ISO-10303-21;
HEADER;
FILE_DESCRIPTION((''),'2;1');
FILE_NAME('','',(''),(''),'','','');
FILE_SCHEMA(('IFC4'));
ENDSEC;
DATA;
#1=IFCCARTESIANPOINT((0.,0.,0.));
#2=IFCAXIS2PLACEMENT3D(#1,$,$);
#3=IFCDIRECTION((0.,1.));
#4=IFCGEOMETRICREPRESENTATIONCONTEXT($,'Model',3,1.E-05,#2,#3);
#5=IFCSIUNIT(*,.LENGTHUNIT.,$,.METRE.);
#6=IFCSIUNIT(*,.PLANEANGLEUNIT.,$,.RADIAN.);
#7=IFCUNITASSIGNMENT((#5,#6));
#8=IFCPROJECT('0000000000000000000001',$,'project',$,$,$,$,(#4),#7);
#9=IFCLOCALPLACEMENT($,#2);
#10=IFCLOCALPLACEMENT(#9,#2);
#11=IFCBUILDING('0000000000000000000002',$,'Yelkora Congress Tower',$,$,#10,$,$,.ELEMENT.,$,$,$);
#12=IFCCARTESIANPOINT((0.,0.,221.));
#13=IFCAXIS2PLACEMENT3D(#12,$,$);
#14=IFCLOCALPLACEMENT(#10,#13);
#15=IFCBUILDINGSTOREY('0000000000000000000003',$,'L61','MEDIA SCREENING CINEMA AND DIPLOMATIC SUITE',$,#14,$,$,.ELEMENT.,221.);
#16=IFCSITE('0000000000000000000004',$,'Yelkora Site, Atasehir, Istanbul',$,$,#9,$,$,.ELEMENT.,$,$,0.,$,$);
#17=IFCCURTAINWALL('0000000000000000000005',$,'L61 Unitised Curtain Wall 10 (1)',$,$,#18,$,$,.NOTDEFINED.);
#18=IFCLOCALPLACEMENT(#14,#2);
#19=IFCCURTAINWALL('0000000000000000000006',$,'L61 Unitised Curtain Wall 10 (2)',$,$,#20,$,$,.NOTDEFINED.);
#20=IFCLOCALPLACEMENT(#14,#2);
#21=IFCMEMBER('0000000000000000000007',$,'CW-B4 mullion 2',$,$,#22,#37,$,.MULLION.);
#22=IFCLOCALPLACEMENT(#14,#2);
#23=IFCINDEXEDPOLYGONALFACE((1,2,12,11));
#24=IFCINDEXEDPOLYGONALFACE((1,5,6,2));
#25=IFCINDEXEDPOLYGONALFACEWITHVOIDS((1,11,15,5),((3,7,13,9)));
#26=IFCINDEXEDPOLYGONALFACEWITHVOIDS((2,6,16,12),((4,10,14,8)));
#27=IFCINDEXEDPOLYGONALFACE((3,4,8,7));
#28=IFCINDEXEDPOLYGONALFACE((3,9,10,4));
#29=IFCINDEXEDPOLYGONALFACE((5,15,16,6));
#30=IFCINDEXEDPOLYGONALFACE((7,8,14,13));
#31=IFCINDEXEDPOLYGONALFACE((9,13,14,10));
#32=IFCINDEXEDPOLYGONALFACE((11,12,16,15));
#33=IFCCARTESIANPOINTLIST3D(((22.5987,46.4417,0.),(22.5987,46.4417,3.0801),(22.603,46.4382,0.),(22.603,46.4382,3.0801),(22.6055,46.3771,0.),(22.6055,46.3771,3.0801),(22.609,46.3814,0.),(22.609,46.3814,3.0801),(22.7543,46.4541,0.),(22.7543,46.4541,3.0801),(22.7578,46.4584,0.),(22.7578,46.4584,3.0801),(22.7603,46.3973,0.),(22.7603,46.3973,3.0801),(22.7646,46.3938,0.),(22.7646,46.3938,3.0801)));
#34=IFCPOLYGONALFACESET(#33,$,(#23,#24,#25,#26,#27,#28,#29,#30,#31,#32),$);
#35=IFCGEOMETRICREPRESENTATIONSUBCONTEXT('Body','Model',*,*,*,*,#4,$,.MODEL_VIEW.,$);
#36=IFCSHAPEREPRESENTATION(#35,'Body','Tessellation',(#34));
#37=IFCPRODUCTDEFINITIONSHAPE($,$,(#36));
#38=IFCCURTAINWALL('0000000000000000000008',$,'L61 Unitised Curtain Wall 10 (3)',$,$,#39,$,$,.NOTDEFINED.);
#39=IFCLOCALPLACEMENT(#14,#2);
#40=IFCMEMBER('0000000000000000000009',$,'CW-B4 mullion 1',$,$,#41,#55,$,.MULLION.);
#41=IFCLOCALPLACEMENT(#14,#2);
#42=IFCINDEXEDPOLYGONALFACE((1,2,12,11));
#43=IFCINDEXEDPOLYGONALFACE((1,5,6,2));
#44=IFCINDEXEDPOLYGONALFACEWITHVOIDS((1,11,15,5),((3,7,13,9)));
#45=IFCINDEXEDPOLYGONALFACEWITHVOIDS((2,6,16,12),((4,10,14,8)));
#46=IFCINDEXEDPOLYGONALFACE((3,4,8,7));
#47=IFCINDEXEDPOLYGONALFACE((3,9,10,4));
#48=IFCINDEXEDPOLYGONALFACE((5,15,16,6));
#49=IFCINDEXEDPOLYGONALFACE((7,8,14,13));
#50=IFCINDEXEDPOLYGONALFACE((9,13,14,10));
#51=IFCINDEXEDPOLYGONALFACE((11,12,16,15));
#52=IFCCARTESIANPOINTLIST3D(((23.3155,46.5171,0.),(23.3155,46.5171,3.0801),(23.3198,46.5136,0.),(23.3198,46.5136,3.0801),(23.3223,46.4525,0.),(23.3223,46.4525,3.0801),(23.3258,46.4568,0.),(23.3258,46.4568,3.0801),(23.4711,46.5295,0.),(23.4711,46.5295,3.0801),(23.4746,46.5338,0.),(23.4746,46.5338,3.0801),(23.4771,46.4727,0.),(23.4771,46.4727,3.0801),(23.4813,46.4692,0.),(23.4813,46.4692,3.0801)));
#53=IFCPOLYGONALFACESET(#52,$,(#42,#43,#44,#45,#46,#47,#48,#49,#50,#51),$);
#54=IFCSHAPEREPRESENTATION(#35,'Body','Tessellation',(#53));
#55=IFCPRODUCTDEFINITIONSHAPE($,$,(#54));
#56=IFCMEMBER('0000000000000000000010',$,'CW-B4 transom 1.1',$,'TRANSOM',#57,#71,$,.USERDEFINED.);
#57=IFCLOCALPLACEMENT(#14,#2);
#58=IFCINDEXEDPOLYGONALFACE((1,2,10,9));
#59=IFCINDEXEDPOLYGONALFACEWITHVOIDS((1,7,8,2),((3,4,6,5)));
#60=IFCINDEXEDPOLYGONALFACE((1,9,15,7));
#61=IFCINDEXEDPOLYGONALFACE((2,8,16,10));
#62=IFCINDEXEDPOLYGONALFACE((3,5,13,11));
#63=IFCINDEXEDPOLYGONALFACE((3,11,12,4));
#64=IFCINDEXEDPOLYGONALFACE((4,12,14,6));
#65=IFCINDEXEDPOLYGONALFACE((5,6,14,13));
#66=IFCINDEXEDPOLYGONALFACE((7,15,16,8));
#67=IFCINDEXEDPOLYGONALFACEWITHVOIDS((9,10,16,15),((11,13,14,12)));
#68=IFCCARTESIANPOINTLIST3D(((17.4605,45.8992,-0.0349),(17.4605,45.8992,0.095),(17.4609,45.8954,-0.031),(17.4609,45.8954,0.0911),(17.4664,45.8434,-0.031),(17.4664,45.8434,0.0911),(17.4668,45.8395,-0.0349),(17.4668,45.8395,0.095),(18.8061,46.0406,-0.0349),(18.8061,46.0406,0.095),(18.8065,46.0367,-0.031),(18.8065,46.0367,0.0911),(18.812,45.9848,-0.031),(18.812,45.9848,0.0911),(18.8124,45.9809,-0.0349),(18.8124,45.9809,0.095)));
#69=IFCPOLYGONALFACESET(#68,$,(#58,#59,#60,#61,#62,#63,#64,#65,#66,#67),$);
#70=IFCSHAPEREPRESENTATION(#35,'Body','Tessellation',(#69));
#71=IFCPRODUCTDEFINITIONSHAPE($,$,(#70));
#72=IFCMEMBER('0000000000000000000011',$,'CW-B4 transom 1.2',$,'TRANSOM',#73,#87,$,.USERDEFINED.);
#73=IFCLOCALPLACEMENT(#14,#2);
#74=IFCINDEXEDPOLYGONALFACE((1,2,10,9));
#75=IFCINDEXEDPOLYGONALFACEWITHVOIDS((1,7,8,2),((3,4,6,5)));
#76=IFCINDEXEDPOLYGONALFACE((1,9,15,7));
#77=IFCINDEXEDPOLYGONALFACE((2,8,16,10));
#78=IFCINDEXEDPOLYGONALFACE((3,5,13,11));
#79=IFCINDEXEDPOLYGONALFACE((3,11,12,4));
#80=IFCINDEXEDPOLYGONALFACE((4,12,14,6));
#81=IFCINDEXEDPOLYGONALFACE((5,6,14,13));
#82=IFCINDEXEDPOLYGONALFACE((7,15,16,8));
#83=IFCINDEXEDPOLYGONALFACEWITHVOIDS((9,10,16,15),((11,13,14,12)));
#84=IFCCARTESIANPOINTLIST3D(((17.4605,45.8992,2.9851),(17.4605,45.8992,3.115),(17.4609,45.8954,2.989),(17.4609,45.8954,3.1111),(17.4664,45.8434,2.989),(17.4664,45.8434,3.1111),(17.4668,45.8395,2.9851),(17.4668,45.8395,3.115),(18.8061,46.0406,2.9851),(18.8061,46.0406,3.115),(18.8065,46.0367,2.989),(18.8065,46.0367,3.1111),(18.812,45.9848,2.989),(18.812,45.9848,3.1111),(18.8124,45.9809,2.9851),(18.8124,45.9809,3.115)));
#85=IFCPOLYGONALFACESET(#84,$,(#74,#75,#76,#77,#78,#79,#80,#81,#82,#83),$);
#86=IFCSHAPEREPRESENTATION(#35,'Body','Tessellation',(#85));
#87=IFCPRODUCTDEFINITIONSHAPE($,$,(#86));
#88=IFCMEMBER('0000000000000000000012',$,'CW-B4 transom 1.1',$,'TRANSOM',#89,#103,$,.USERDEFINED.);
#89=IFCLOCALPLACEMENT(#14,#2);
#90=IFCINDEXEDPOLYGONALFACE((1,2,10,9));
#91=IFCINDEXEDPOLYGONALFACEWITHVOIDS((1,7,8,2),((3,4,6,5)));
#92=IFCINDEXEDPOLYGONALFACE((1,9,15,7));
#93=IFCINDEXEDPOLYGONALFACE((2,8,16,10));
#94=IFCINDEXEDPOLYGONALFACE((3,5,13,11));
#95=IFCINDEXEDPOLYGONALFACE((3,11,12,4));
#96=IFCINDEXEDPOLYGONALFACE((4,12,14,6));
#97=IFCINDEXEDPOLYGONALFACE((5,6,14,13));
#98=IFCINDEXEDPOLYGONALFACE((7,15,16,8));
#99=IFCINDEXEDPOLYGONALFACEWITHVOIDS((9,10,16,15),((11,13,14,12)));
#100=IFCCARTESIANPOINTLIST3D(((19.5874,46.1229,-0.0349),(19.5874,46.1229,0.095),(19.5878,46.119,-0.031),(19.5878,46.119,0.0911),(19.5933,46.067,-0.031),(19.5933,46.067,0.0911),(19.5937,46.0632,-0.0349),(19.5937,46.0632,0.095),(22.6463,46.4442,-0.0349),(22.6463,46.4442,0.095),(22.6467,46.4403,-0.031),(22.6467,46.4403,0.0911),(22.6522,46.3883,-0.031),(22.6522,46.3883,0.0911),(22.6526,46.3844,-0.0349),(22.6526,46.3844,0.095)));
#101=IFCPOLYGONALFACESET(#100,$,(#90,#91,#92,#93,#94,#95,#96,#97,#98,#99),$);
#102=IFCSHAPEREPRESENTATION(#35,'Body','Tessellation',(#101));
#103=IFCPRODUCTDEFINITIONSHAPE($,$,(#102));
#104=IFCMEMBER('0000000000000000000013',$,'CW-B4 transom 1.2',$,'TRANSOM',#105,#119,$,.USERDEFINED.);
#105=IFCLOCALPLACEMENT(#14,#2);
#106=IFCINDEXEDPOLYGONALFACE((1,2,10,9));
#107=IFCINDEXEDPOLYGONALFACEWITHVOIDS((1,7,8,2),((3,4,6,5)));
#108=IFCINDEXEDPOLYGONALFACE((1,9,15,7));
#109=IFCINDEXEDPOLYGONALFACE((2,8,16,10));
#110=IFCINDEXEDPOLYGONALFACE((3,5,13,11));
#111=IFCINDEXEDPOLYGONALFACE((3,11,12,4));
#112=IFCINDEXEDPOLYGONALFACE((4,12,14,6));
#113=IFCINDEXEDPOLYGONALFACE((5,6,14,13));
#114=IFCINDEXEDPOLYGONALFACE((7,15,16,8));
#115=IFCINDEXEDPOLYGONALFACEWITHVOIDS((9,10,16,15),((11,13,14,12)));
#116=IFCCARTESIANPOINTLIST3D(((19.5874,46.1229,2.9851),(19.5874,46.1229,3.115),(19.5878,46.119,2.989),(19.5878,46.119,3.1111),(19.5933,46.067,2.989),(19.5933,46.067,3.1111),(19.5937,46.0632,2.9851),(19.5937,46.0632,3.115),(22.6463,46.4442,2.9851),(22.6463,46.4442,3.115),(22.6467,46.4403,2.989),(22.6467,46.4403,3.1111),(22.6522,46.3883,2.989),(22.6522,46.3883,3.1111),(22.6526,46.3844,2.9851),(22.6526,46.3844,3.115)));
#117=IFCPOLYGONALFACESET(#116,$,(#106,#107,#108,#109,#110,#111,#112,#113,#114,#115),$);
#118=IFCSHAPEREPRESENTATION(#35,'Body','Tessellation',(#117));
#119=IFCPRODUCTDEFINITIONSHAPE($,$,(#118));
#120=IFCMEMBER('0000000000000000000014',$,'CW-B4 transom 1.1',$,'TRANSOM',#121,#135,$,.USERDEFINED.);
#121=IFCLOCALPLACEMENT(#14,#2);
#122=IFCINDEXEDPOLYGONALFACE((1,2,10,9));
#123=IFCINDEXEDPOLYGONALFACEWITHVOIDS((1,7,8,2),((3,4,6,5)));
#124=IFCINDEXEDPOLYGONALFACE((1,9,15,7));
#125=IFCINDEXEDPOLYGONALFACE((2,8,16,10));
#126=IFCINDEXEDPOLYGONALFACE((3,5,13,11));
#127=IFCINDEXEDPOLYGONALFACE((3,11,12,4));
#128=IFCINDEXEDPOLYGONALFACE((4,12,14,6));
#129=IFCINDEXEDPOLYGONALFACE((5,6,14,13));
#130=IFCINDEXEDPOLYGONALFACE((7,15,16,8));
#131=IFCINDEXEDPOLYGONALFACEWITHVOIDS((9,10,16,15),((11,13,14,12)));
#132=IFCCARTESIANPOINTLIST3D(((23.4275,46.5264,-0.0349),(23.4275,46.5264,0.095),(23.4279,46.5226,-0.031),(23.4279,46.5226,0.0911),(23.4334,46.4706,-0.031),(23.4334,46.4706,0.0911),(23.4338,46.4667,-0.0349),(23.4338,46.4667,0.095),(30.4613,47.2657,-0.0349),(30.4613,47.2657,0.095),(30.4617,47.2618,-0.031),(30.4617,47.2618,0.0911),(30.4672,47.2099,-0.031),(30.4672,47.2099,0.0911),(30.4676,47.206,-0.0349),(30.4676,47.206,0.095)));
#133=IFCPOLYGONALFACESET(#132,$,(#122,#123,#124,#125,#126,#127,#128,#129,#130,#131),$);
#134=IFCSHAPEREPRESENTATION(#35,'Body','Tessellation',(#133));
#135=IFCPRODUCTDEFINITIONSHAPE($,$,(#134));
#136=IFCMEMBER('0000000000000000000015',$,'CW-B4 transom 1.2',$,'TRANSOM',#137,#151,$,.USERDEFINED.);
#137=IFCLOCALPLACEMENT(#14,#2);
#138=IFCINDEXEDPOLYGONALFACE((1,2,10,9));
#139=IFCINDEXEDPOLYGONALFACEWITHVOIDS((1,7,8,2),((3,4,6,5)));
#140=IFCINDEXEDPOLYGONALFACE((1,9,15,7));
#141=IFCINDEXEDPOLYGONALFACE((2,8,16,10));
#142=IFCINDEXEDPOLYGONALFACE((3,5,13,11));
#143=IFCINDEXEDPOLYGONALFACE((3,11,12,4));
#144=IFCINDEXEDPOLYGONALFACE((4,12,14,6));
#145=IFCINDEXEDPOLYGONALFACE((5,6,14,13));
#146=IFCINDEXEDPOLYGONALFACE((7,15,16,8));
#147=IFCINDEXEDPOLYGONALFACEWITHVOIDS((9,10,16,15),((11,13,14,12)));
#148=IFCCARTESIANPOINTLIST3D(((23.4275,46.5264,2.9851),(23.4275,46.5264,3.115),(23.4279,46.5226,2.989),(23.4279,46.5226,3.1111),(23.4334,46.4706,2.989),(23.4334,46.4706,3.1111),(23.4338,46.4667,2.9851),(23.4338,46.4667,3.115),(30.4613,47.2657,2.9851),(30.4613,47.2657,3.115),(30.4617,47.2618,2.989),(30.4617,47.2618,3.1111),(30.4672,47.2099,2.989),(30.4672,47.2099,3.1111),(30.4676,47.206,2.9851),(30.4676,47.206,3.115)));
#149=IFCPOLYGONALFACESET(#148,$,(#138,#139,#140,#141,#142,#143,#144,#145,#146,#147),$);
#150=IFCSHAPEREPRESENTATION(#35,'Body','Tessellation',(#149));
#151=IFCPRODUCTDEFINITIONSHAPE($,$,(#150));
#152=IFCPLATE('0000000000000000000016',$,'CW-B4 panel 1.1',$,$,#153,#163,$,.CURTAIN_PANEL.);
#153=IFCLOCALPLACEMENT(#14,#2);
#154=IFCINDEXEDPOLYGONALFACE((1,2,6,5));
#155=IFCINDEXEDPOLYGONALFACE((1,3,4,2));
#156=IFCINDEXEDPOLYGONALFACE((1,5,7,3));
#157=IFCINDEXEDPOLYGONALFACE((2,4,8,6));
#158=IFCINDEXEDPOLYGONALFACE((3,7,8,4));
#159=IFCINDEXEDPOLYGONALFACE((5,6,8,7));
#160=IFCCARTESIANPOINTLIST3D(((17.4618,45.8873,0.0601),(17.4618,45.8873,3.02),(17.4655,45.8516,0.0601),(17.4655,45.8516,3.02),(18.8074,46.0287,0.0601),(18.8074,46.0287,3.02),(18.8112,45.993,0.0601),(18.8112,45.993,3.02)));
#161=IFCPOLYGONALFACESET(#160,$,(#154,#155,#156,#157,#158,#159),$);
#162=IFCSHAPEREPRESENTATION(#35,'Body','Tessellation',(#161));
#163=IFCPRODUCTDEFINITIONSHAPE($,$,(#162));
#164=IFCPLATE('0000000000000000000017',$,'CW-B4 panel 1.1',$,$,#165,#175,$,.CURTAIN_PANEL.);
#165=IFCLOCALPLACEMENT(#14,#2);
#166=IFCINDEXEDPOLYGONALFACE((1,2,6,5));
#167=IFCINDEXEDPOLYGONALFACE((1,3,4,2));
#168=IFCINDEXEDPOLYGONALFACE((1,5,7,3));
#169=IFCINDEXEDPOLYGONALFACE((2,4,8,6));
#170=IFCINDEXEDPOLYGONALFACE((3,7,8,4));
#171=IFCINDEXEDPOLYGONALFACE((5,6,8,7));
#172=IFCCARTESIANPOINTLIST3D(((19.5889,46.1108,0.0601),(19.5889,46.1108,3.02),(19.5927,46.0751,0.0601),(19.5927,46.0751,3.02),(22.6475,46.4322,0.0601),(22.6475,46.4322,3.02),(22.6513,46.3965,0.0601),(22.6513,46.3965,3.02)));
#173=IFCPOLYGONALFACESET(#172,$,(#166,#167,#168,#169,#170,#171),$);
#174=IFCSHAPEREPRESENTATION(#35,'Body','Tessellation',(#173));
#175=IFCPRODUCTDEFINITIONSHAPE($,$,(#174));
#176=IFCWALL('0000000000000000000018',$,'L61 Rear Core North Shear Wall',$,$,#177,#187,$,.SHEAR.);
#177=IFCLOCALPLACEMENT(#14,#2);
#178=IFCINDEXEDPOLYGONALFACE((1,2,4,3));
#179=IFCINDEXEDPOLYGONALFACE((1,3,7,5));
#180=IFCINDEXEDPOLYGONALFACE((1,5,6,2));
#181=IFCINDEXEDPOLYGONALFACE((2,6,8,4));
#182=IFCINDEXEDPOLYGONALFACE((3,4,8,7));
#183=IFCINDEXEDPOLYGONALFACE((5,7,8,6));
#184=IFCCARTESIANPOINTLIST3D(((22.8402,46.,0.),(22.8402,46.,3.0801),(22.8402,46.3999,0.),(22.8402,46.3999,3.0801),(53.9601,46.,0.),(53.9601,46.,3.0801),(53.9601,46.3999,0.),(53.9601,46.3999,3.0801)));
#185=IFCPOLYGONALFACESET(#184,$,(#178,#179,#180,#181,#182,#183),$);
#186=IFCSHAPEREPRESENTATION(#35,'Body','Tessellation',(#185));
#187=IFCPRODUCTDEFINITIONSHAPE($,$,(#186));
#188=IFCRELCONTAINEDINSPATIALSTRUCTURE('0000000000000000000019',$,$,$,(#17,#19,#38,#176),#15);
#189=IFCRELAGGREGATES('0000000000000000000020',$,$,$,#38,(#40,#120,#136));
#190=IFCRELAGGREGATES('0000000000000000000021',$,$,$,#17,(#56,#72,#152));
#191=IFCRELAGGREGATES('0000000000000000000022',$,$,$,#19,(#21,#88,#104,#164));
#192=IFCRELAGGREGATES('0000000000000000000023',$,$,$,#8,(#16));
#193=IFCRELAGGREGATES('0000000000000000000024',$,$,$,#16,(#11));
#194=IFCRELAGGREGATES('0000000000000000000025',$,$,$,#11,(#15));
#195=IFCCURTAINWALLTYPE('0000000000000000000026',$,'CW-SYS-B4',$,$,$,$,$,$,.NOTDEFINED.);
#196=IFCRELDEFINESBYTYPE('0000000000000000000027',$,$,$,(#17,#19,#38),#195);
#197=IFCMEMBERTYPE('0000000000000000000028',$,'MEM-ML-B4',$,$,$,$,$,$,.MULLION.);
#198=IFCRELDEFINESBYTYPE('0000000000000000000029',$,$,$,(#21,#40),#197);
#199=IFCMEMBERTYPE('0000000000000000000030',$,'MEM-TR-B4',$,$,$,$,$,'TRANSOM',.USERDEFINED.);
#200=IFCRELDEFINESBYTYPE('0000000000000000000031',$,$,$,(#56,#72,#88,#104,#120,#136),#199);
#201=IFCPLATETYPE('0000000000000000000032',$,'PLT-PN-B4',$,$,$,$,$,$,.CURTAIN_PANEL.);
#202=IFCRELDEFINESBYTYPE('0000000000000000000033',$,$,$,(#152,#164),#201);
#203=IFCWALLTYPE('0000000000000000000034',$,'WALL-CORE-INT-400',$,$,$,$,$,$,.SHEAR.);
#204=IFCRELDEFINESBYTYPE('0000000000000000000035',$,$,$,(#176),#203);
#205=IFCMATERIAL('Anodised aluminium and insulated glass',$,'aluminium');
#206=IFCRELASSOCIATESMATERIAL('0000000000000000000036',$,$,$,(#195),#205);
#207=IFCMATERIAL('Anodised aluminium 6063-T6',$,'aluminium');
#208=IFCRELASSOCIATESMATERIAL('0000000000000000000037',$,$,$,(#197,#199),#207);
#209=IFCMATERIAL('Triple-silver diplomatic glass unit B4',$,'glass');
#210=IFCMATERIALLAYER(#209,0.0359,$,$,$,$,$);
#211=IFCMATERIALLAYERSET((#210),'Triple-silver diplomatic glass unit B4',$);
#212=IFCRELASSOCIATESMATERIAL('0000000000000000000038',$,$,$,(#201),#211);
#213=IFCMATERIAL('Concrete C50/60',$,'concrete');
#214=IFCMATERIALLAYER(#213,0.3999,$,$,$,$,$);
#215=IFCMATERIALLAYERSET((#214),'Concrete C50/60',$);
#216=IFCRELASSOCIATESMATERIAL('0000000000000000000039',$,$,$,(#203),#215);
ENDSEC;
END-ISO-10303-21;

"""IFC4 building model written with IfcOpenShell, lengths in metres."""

from ifc_helpers import new_model, si_unit, direction, frame, frame_2d, origin, origin_2d, place, context, subcontext, project, spatial, rectangle, hollow_rectangle, extrude, material, layer, layer_set, material_profile, profile_set, type_object, element, aggregate, save


model = new_model("IFC4")

# Units and contexts
model_context = context("Model", 3, precision=1e-05, world=origin(), true_north=direction((0.0, 1.0)))
body_context = subcontext(model_context, "Body", "Model", "MODEL_VIEW")
ifc_project = project(units=[si_unit("LENGTHUNIT", "METRE"), si_unit("PLANEANGLEUNIT", "RADIAN")], contexts=[model_context])

# Site, building, storey
site_placement = place(None, origin())
site = spatial("IfcSite", under=ifc_project, at=site_placement, Name="Yelkora Site, Atasehir, Istanbul", CompositionType="ELEMENT", RefElevation=0.0)
building_placement = place(site_placement, origin())
building = spatial("IfcBuilding", under=site, at=building_placement, Name="Yelkora Congress Tower", CompositionType="ELEMENT")
storey_placement = place(building_placement, frame((0.0, 0.0, 221.0)))
storey = spatial("IfcBuildingStorey", under=building, at=storey_placement, Name="L61", Description="MEDIA SCREENING CINEMA AND DIPLOMATIC SUITE", CompositionType="ELEMENT", Elevation=221.0)

# Curtain walls, member
ifc_material_1 = material(Name="Anodised aluminium and insulated glass", Category="aluminium")
curtain_wall_type = type_object("IfcCurtainWallType", Name="CW-SYS-B4", PredefinedType="NOTDEFINED", material=ifc_material_1)
curtain_wall_1_placement = place(storey_placement, origin())
curtain_wall_1 = element("IfcCurtainWall", 1, at=curtain_wall_1_placement, inside=storey, type_object=curtain_wall_type, Name="L61 Unitised Curtain Wall 10 (1)", PredefinedType="NOTDEFINED")
ifc_material_2 = material(Name="Anodised aluminium 6063-T6", Category="aluminium")
ifc_material_profile_1 = material_profile(ifc_material_2, hollow_rectangle(XDim=0.0649, YDim=0.1599, WallThickness=0.0039, at=origin_2d()), Name="ALU 65x160x4")
ifc_profile_set_1 = profile_set([ifc_material_profile_1], Name="Anodised aluminium 6063-T6")
member_type_1 = type_object("IfcMemberType", Name="MEM-ML-B4", PredefinedType="MULLION", material=ifc_profile_set_1)
curtain_wall_2_placement = place(storey_placement, origin())
curtain_wall_2 = element("IfcCurtainWall", 2, at=curtain_wall_2_placement, inside=storey, type_object=curtain_wall_type, Name="L61 Unitised Curtain Wall 10 (2)", PredefinedType="NOTDEFINED")
member_1_placement = place(storey_placement, frame((22.6816, 46.4177, 0.0), z_axis=(0.0, 0.0, 1.0), x_axis=(-0.104506, 0.994524, 0.0)))
member_1 = element("IfcMember", 3, at=member_1_placement, type_object=member_type_1, Name="CW-B4 mullion 2", PredefinedType="MULLION", context=body_context, shape_type="SweptSolid", body=[
    extrude(hollow_rectangle(XDim=0.0649, YDim=0.1599, WallThickness=0.0039, at=origin_2d()), origin(), (0.0, 0.0, 1.0), 3.0801),
])

# Curtain wall, member
curtain_wall_3_placement = place(storey_placement, origin())
curtain_wall_3 = element("IfcCurtainWall", 4, at=curtain_wall_3_placement, inside=storey, type_object=curtain_wall_type, Name="L61 Unitised Curtain Wall 10 (3)", PredefinedType="NOTDEFINED")
member_2_placement = place(storey_placement, frame((23.3984, 46.4932, 0.0), z_axis=(0.0, 0.0, 1.0), x_axis=(-0.104528, 0.994522, 0.0)))
member_2 = element("IfcMember", 5, at=member_2_placement, type_object=member_type_1, Name="CW-B4 mullion 1", PredefinedType="MULLION", context=body_context, shape_type="SweptSolid", body=[
    extrude(hollow_rectangle(XDim=0.0649, YDim=0.1599, WallThickness=0.0039, at=origin_2d()), origin(), (0.0, 0.0, 1.0), 3.0801),
])

# Members
ifc_material_profile_2 = material_profile(ifc_material_2, hollow_rectangle(XDim=0.0601, YDim=0.1299, WallThickness=0.0039, at=origin_2d()), Name="ALU 60x130x4")
ifc_profile_set_2 = profile_set([ifc_material_profile_2], Name="Anodised aluminium 6063-T6")
member_type_2 = type_object("IfcMemberType", Name="MEM-TR-B4", ElementType="TRANSOM", PredefinedType="USERDEFINED", material=ifc_profile_set_2)
member_3_placement = place(storey_placement, frame((17.4636, 45.8694, 0.03), z_axis=(0.994528, 0.104469, 0.0), x_axis=(-0.104469, 0.994528, 0.0)))
member_3 = element("IfcMember", 6, at=member_3_placement, type_object=member_type_2, Name="CW-B4 transom 1.1", ObjectType="TRANSOM", PredefinedType="USERDEFINED", context=body_context, shape_type="SweptSolid", body=[
    extrude(hollow_rectangle(XDim=0.0601, YDim=0.1299, WallThickness=0.0039, at=origin_2d()), origin(), (0.0, 0.0, 1.0), 1.353),
])
member_4_placement = place(storey_placement, frame((17.4636, 45.8694, 3.05), z_axis=(0.994528, 0.104469, 0.0), x_axis=(-0.104469, 0.994528, 0.0)))
member_4 = element("IfcMember", 7, at=member_4_placement, type_object=member_type_2, Name="CW-B4 transom 1.2", ObjectType="TRANSOM", PredefinedType="USERDEFINED", context=body_context, shape_type="SweptSolid", body=[
    extrude(hollow_rectangle(XDim=0.0601, YDim=0.1299, WallThickness=0.0039, at=origin_2d()), origin(), (0.0, 0.0, 1.0), 1.353),
])
member_5_placement = place(storey_placement, frame((19.5906, 46.093, 0.03), z_axis=(0.994529, 0.104462, 0.0), x_axis=(-0.104462, 0.994529, 0.0)))
member_5 = element("IfcMember", 8, at=member_5_placement, type_object=member_type_2, Name="CW-B4 transom 1.1", ObjectType="TRANSOM", PredefinedType="USERDEFINED", context=body_context, shape_type="SweptSolid", body=[
    extrude(hollow_rectangle(XDim=0.0601, YDim=0.1299, WallThickness=0.0039, at=origin_2d()), origin(), (0.0, 0.0, 1.0), 3.0757),
])
member_6_placement = place(storey_placement, frame((19.5906, 46.093, 3.05), z_axis=(0.994529, 0.104462, 0.0), x_axis=(-0.104462, 0.994529, 0.0)))
member_6 = element("IfcMember", 9, at=member_6_placement, type_object=member_type_2, Name="CW-B4 transom 1.2", ObjectType="TRANSOM", PredefinedType="USERDEFINED", context=body_context, shape_type="SweptSolid", body=[
    extrude(hollow_rectangle(XDim=0.0601, YDim=0.1299, WallThickness=0.0039, at=origin_2d()), origin(), (0.0, 0.0, 1.0), 3.0757),
])
member_7_placement = place(storey_placement, frame((23.4307, 46.4966, 0.03), z_axis=(0.994522, 0.104527, 0.0), x_axis=(-0.104527, 0.994522, 0.0)))
member_7 = element("IfcMember", 10, at=member_7_placement, type_object=member_type_2, Name="CW-B4 transom 1.1", ObjectType="TRANSOM", PredefinedType="USERDEFINED", context=body_context, shape_type="SweptSolid", body=[
    extrude(hollow_rectangle(XDim=0.0601, YDim=0.1299, WallThickness=0.0039, at=origin_2d()), origin(), (0.0, 0.0, 1.0), 7.0725),
])
member_8_placement = place(storey_placement, frame((23.4307, 46.4966, 3.05), z_axis=(0.994522, 0.104527, 0.0), x_axis=(-0.104527, 0.994522, 0.0)))
member_8 = element("IfcMember", 11, at=member_8_placement, type_object=member_type_2, Name="CW-B4 transom 1.2", ObjectType="TRANSOM", PredefinedType="USERDEFINED", context=body_context, shape_type="SweptSolid", body=[
    extrude(hollow_rectangle(XDim=0.0601, YDim=0.1299, WallThickness=0.0039, at=origin_2d()), origin(), (0.0, 0.0, 1.0), 7.0725),
])
aggregate(curtain_wall_3, [member_2, member_7, member_8])

# Plates
ifc_material_3 = material(Name="Triple-silver diplomatic glass unit B4", Category="glass")
ifc_layer_1 = layer(ifc_material_3, 0.0359)
ifc_layer_set_1 = layer_set([ifc_layer_1], Name="Triple-silver diplomatic glass unit B4")
plate_type = type_object("IfcPlateType", Name="PLT-PN-B4", PredefinedType="CURTAIN_PANEL", material=ifc_layer_set_1)
plate_1_placement = place(storey_placement, frame((18.1365, 45.9402, 0.0601), z_axis=(0.0, 0.0, 1.0), x_axis=(0.994524, 0.104509, 0.0)))
plate_1 = element("IfcPlate", 12, at=plate_1_placement, type_object=plate_type, Name="CW-B4 panel 1.1", PredefinedType="CURTAIN_PANEL", context=body_context, shape_type="SweptSolid", body=[
    extrude(rectangle(XDim=1.353, YDim=0.0359, at=origin_2d()), origin(), (0.0, 0.0, 1.0), 2.96),
])
aggregate(curtain_wall_1, [member_3, member_4, plate_1])
plate_2_placement = place(storey_placement, frame((21.1201, 46.2537, 0.0601), z_axis=(0.0, 0.0, 1.0), x_axis=(0.994524, 0.104506, 0.0)))
plate_2 = element("IfcPlate", 13, at=plate_2_placement, type_object=plate_type, Name="CW-B4 panel 1.1", PredefinedType="CURTAIN_PANEL", context=body_context, shape_type="SweptSolid", body=[
    extrude(rectangle(XDim=3.0754, YDim=0.0359, at=origin_2d()), origin(), (0.0, 0.0, 1.0), 2.96),
])
aggregate(curtain_wall_2, [member_1, member_5, member_6, plate_2])

# Wall
ifc_material_4 = material(Name="Concrete C50/60", Category="concrete")
ifc_layer_2 = layer(ifc_material_4, 0.3999)
ifc_layer_set_2 = layer_set([ifc_layer_2], Name="Concrete C50/60")
wall_type_1 = type_object("IfcWallType", Name="WALL-CORE-INT-400", PredefinedType="SHEAR", material=ifc_layer_set_2)
wall_1_placement = place(storey_placement, frame((22.8401, 46.2, 0.0), z_axis=(0.0, 0.0, 1.0), x_axis=(1.0, 0.0, 0.0)))
element("IfcWall", 14, at=wall_1_placement, inside=storey, type_object=wall_type_1, Name="L61 Rear Core North Shear Wall", PredefinedType="SHEAR", context=body_context, shape_type="SweptSolid", body=[
    extrude(rectangle(XDim=31.1199, YDim=0.3999, at=frame_2d((15.5601, 0.0))), origin(), (0.0, 0.0, 1.0), 3.0801),
])

save(model, "model.ifc")
